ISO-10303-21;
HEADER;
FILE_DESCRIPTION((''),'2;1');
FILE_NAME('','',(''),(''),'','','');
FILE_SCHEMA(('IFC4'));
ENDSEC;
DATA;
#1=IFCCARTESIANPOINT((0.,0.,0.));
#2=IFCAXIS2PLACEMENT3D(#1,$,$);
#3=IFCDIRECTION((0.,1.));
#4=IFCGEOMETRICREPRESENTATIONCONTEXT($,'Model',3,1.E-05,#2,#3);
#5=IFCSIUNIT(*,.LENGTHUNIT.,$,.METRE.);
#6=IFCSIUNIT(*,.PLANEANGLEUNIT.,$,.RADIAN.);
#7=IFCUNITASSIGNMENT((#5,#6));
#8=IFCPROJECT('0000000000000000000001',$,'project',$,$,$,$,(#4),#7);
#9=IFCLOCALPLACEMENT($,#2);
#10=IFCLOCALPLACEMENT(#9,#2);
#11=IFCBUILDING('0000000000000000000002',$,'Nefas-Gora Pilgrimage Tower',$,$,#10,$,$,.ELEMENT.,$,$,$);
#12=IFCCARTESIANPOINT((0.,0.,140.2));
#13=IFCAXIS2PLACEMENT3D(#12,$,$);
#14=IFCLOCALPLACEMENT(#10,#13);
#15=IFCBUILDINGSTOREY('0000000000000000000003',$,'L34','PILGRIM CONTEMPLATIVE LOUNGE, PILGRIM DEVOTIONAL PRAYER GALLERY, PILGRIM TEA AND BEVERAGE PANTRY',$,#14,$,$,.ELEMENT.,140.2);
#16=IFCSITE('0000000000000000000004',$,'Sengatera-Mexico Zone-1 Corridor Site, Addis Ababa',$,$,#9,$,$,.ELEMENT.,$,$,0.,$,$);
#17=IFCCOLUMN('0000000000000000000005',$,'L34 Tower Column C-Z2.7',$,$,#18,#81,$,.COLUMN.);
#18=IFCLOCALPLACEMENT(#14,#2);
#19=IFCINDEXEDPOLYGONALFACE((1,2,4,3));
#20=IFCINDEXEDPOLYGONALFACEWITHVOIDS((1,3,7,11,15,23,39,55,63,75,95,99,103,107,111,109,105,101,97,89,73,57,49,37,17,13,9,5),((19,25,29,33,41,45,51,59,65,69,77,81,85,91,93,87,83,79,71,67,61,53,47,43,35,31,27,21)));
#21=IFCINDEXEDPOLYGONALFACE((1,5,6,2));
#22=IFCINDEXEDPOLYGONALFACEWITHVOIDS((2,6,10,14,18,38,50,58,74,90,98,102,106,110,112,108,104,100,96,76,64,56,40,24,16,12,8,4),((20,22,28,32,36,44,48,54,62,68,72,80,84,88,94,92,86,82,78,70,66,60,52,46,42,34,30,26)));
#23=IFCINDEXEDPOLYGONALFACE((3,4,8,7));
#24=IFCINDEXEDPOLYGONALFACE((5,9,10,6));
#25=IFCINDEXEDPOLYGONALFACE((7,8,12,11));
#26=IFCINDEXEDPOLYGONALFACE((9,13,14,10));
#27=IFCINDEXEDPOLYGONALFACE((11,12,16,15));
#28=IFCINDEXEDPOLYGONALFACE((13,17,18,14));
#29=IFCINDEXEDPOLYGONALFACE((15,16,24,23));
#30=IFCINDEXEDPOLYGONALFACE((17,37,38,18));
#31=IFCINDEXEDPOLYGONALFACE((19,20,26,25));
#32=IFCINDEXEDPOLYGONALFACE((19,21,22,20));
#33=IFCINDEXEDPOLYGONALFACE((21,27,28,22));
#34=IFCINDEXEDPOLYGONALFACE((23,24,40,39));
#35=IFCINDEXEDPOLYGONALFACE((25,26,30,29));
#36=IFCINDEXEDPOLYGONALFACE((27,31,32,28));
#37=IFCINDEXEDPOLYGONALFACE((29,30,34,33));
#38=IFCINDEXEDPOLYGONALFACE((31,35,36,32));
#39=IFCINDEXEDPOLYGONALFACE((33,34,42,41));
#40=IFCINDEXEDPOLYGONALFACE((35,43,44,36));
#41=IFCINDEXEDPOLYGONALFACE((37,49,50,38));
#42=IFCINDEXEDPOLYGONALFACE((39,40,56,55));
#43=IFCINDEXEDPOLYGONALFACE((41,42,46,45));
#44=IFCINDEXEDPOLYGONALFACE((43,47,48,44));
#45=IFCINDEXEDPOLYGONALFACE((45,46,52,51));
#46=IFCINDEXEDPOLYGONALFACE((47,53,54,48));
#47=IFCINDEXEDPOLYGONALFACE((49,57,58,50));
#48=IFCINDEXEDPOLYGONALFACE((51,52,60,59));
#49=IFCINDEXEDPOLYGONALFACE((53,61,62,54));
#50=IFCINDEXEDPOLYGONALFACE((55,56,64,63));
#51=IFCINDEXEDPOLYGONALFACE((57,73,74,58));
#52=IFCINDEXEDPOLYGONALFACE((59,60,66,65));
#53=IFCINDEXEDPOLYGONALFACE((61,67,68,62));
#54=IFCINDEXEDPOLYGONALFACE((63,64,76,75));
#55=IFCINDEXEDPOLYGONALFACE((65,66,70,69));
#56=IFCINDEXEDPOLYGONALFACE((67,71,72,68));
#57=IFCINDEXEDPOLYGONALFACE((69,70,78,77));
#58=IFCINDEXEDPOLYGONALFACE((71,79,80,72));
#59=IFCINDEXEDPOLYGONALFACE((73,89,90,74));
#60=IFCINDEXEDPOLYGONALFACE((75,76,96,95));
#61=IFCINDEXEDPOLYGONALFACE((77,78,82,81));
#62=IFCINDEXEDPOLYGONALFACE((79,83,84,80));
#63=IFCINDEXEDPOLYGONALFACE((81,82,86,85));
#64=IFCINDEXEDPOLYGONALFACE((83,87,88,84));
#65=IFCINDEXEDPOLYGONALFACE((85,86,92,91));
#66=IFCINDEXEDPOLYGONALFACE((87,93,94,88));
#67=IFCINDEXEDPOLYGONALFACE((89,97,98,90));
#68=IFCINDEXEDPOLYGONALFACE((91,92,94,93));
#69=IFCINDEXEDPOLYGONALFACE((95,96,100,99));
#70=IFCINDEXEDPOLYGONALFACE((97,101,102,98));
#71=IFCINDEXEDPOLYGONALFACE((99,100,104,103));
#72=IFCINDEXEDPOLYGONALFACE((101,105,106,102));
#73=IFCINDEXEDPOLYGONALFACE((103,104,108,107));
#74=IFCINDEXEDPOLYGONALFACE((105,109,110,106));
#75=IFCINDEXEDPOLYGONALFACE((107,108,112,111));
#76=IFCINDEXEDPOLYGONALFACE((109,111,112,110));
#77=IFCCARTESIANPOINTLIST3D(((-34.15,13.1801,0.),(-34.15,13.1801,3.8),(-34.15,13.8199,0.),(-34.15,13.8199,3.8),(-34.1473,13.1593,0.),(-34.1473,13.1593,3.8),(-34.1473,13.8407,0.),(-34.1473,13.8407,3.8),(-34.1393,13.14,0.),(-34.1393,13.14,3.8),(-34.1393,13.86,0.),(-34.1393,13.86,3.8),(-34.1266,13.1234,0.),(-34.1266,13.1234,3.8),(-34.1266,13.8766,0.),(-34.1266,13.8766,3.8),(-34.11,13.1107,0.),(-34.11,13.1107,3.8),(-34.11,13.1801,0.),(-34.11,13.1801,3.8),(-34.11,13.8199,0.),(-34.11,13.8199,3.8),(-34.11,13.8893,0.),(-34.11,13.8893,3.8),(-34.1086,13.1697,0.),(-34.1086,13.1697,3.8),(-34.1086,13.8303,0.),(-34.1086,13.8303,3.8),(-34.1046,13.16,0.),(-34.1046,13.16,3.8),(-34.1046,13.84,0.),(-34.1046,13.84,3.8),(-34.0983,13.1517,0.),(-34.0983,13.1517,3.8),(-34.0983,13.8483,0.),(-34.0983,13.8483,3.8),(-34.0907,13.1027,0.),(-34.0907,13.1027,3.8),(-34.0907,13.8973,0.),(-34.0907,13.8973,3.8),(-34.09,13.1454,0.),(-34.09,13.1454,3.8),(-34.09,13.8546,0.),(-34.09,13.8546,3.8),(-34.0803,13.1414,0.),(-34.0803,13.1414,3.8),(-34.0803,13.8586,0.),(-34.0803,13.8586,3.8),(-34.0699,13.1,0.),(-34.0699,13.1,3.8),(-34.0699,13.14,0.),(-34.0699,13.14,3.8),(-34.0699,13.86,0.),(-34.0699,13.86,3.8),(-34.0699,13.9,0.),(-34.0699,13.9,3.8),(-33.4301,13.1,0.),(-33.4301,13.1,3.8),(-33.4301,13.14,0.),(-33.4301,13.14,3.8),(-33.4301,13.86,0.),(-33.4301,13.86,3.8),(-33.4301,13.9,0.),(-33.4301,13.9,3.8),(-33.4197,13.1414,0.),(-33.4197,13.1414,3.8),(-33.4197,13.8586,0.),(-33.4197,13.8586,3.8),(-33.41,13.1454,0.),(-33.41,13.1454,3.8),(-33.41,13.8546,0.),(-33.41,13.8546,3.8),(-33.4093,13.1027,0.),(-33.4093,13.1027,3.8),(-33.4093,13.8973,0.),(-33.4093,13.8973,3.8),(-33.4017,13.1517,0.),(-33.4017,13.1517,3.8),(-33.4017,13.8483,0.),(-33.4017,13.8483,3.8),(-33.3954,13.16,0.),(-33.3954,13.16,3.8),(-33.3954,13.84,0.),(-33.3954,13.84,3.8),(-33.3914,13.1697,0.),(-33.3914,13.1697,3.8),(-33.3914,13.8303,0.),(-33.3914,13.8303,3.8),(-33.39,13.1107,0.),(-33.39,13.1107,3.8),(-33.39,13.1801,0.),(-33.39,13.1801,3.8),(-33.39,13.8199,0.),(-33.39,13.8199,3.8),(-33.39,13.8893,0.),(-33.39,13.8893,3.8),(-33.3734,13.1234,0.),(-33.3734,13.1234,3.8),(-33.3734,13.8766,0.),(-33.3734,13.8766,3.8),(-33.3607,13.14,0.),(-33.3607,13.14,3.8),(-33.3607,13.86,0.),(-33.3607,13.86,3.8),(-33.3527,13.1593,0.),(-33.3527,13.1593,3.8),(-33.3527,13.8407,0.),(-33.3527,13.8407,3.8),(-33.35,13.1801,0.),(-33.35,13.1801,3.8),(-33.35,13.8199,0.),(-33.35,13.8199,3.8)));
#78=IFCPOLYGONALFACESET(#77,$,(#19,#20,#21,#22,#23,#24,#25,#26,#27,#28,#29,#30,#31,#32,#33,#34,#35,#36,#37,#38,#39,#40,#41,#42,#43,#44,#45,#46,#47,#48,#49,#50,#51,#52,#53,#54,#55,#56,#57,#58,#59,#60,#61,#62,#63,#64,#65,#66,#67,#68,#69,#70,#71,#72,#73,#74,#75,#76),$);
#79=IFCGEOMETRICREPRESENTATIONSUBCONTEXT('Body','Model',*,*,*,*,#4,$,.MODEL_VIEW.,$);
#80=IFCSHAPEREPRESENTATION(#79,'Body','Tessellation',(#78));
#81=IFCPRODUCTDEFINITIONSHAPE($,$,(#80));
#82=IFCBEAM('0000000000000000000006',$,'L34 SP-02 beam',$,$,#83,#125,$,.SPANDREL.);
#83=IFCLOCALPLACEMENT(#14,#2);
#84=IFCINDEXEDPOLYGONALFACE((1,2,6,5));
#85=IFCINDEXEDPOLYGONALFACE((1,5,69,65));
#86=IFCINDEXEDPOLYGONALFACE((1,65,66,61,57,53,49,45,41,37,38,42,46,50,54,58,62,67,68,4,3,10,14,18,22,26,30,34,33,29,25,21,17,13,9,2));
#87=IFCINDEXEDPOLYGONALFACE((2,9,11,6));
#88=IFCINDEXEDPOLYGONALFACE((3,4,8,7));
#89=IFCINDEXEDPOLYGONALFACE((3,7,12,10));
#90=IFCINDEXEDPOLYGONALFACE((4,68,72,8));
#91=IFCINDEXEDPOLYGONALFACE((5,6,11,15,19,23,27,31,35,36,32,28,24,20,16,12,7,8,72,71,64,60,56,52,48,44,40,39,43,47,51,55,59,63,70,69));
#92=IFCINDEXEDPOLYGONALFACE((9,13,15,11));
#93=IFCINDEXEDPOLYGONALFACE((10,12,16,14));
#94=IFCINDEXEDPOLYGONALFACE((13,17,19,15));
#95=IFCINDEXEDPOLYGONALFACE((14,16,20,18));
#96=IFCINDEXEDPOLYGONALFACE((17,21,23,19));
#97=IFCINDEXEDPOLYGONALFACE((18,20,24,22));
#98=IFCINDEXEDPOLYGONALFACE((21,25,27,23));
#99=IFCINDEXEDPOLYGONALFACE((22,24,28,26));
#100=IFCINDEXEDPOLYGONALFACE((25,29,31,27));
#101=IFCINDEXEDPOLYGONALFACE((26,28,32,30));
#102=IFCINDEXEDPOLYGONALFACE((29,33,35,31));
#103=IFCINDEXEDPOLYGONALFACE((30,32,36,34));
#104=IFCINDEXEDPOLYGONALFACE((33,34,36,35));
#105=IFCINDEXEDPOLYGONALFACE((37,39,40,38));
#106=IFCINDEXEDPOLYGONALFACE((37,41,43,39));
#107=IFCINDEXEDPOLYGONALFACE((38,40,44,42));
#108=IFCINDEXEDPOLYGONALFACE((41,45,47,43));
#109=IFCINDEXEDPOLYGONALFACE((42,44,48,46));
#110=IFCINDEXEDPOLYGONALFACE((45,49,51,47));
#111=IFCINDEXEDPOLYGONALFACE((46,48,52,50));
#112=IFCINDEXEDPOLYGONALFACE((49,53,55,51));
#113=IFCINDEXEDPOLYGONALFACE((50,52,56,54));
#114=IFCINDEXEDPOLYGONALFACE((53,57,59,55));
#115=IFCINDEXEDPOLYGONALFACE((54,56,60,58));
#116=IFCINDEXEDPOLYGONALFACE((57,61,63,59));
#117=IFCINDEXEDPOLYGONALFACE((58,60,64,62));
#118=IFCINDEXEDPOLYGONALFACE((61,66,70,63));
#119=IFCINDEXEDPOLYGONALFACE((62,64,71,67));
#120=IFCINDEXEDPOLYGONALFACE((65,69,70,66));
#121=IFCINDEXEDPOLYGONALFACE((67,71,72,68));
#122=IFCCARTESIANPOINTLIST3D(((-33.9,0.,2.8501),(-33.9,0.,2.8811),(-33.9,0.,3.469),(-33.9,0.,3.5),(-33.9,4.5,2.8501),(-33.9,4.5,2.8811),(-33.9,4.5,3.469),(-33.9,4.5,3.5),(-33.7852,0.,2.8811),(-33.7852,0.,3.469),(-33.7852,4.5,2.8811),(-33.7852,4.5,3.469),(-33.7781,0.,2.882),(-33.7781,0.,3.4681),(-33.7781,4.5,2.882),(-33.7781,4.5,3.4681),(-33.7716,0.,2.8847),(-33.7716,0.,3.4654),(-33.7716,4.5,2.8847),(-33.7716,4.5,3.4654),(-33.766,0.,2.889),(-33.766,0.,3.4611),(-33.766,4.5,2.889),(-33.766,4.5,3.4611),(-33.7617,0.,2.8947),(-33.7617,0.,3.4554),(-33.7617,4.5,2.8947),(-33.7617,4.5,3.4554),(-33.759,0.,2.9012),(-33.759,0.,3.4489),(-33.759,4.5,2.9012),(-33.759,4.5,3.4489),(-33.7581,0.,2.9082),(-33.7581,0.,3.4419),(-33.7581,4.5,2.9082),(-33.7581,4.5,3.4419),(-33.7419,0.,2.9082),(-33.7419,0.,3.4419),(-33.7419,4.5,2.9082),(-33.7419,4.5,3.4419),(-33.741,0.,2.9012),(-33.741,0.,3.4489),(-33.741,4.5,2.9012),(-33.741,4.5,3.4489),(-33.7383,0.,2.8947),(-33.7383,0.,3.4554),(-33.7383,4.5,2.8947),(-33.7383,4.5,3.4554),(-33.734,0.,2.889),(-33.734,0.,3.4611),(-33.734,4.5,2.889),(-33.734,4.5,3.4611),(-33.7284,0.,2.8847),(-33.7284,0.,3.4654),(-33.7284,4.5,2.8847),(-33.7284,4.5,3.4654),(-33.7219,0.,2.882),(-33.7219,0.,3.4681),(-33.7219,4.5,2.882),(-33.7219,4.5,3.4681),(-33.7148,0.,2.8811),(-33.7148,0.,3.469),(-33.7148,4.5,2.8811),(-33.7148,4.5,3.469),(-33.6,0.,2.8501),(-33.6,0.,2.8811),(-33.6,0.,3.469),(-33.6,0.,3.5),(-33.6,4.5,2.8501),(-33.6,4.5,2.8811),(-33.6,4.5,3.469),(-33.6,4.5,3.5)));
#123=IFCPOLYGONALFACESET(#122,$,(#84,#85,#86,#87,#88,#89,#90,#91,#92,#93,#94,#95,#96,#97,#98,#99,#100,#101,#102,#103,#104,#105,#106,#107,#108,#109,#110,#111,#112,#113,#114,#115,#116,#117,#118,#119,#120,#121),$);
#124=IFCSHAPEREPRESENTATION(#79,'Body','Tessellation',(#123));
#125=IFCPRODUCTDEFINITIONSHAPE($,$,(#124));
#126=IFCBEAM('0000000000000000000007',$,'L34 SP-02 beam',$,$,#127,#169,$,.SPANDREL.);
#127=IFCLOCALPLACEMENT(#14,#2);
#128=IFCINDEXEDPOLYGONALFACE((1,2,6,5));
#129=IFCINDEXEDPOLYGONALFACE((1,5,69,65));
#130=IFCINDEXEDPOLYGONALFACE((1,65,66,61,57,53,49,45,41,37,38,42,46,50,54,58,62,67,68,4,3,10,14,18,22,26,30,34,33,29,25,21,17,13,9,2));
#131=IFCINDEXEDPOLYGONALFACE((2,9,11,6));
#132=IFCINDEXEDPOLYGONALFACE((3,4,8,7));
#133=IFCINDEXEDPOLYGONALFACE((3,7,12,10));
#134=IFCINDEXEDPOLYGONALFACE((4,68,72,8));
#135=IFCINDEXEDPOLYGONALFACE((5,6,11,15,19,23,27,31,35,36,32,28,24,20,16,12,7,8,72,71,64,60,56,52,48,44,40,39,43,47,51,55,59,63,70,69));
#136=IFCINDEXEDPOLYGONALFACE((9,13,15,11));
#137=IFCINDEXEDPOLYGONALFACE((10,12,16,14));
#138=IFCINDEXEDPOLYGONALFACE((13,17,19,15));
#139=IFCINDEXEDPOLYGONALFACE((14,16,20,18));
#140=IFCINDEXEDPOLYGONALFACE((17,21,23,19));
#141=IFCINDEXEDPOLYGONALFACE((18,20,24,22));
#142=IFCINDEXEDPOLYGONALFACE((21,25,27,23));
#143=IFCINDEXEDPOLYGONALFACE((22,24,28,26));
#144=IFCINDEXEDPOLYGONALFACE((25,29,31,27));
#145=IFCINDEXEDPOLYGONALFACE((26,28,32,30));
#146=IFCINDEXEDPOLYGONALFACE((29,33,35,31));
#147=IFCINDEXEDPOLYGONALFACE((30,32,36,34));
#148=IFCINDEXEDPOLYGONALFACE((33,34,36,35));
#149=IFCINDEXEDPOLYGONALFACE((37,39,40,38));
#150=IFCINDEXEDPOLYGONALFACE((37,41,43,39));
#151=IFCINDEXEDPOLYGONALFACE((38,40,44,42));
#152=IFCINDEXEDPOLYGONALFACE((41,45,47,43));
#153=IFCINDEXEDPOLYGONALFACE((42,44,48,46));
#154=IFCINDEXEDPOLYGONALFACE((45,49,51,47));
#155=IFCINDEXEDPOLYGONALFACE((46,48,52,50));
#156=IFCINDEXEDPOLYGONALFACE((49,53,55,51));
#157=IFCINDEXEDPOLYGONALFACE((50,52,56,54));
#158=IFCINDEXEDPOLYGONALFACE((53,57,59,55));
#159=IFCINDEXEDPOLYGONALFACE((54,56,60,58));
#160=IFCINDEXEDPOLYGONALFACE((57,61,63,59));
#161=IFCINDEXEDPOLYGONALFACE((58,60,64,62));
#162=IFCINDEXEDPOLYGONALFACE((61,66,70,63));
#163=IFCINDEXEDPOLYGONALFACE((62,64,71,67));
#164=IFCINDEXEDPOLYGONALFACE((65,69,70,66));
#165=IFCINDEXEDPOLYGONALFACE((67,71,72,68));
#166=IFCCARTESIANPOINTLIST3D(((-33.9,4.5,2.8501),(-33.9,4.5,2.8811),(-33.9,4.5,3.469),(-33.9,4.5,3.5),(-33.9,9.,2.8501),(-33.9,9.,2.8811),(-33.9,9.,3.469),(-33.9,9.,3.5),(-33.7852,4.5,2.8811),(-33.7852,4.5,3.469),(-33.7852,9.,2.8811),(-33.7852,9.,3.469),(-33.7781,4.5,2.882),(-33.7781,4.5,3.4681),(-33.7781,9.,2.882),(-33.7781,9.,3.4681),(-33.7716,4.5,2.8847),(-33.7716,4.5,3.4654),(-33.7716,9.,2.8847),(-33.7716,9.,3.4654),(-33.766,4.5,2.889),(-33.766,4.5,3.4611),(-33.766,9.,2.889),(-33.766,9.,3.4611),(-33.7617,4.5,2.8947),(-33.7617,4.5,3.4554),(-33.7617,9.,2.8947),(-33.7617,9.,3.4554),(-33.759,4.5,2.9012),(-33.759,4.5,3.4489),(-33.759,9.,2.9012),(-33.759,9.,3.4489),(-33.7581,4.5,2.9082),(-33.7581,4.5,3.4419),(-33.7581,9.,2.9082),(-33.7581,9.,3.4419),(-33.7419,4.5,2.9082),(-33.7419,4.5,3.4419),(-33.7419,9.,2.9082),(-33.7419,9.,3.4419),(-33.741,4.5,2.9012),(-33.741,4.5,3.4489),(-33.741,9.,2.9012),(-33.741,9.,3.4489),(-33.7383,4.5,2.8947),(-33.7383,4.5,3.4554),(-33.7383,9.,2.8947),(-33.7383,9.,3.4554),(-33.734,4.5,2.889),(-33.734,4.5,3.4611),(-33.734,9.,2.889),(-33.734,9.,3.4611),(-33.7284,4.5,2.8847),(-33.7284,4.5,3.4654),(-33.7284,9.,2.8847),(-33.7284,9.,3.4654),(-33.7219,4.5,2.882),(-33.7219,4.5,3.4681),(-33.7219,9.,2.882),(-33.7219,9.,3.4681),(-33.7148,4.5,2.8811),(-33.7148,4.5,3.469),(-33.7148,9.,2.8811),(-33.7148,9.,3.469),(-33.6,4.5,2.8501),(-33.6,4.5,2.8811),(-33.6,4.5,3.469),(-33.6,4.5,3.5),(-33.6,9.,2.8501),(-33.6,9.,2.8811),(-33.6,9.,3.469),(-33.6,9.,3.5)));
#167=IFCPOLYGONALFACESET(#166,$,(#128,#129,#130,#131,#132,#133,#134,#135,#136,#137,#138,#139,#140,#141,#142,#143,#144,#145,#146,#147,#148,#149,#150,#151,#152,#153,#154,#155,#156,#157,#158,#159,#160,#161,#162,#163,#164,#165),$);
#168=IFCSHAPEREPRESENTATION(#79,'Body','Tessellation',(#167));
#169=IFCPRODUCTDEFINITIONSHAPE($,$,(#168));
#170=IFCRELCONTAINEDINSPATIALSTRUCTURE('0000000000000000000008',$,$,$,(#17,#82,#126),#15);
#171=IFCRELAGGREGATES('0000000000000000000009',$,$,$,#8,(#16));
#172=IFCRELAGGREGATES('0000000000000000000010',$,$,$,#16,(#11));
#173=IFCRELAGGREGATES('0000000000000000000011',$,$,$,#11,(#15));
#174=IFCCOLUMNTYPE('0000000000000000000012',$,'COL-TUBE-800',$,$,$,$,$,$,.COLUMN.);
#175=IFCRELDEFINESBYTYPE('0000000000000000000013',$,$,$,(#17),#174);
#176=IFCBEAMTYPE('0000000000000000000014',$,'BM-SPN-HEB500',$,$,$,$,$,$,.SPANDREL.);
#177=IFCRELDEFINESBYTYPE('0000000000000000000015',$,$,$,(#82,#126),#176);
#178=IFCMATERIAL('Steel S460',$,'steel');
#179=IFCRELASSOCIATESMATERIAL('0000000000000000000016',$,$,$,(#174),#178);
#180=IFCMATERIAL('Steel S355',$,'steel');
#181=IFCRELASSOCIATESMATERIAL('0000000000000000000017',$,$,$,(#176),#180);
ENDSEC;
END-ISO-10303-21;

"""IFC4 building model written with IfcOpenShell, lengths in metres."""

from ifc_helpers import new_model, si_unit, direction, frame, origin, origin_2d, place, context, subcontext, project, spatial, hollow_rectangle, i_section, extrude, source, transform, mapped, material, material_profile, profile_set, type_object, element, save


model = new_model("IFC4")

# Units and contexts
model_context = context("Model", 3, precision=1e-05, world=origin(), true_north=direction((0.0, 1.0)))
body_context = subcontext(model_context, "Body", "Model", "MODEL_VIEW")
ifc_project = project(units=[si_unit("LENGTHUNIT", "METRE"), si_unit("PLANEANGLEUNIT", "RADIAN")], contexts=[model_context])

# Site, building, storey
site_placement = place(None, origin())
site = spatial("IfcSite", under=ifc_project, at=site_placement, Name="Sengatera-Mexico Zone-1 Corridor Site, Addis Ababa", CompositionType="ELEMENT", RefElevation=0.0)
building_placement = place(site_placement, origin())
building = spatial("IfcBuilding", under=site, at=building_placement, Name="Nefas-Gora Pilgrimage Tower", CompositionType="ELEMENT")
storey_placement = place(building_placement, frame((0.0, 0.0, 140.2)))
storey = spatial("IfcBuildingStorey", under=building, at=storey_placement, Name="L34", Description="PILGRIM CONTEMPLATIVE LOUNGE, PILGRIM DEVOTIONAL PRAYER GALLERY, PILGRIM TEA AND BEVERAGE PANTRY", CompositionType="ELEMENT", Elevation=140.2)

# Column
ifc_material_1 = material(Name="Steel S460", Category="steel")
ifc_material_profile_1 = material_profile(ifc_material_1, hollow_rectangle(XDim=0.8, YDim=0.8, WallThickness=0.04, InnerFilletRadius=0.04, OuterFilletRadius=0.0801, at=origin_2d()), Name="BOX 800x800x40")
ifc_profile_set_1 = profile_set([ifc_material_profile_1], Name="Steel S460")
column_type_1 = type_object("IfcColumnType", Name="COL-TUBE-800", PredefinedType="COLUMN", material=ifc_profile_set_1)
shared_shape_1 = source(origin(), body_context, "Body", "SweptSolid", [
    extrude(hollow_rectangle(XDim=0.8, YDim=0.8, WallThickness=0.04, InnerFilletRadius=0.04, OuterFilletRadius=0.0801, at=origin_2d()), origin(), (0.0, 0.0, 1.0), 3.8),
])
for number, where, z_axis, x_axis, name in (
    (1, (-33.75, 13.5, 0.0), (0.0, 0.0, 1.0), (1.0, 0.0, 0.0), "L34 Tower Column C-Z2.7"),
):
    element("IfcColumn", number, at=place(storey_placement, frame(where, z_axis=z_axis, x_axis=x_axis)), inside=storey, type_object=column_type_1, Name=name, PredefinedType="COLUMN", context=body_context, shape_type="MappedRepresentation", body=[
        mapped(shared_shape_1, transform((0.0, 0.0, 0.0), x_axis=(1.0, 0.0, 0.0), y_axis=(0.0, 1.0, 0.0), z_axis=(0.0, 0.0, 1.0), scale=1.0)),
    ])

# Beams
ifc_material_2 = material(Name="Steel S355", Category="steel")
ifc_material_profile_2 = material_profile(ifc_material_2, i_section(OverallWidth=0.3, OverallDepth=0.6499, WebThickness=0.0161, FlangeThickness=0.031, FilletRadius=0.0271, at=origin_2d()), Name="HEB 650")
ifc_profile_set_2 = profile_set([ifc_material_profile_2], Name="Steel S355")
beam_type_1 = type_object("IfcBeamType", Name="BM-SPN-HEB500", PredefinedType="SPANDREL", material=ifc_profile_set_2)
shared_shape_2 = source(origin(), body_context, "Body", "SweptSolid", [
    extrude(i_section(OverallWidth=0.3, OverallDepth=0.6499, WebThickness=0.0161, FlangeThickness=0.031, FilletRadius=0.0271, at=origin_2d()), origin(), (0.0, 0.0, 1.0), 4.5),
])
for number, where, z_axis, x_axis, name in (
    (2, (-33.75, 0.0, 3.175), (0.0, 1.0, 0.0), (-1.0, 0.0, 0.0), "L34 SP-02 beam"),
    (3, (-33.75, 4.5, 3.175), (0.0, 1.0, 0.0), (-1.0, 0.0, 0.0), "L34 SP-02 beam"),
):
    element("IfcBeam", number, at=place(storey_placement, frame(where, z_axis=z_axis, x_axis=x_axis)), inside=storey, type_object=beam_type_1, Name=name, PredefinedType="SPANDREL", context=body_context, shape_type="MappedRepresentation", body=[
        mapped(shared_shape_2, transform((0.0, 0.0, 0.0), x_axis=(1.0, 0.0, 0.0), y_axis=(0.0, 1.0, 0.0), z_axis=(0.0, 0.0, 1.0), scale=1.0)),
    ])

save(model, "model.ifc")
